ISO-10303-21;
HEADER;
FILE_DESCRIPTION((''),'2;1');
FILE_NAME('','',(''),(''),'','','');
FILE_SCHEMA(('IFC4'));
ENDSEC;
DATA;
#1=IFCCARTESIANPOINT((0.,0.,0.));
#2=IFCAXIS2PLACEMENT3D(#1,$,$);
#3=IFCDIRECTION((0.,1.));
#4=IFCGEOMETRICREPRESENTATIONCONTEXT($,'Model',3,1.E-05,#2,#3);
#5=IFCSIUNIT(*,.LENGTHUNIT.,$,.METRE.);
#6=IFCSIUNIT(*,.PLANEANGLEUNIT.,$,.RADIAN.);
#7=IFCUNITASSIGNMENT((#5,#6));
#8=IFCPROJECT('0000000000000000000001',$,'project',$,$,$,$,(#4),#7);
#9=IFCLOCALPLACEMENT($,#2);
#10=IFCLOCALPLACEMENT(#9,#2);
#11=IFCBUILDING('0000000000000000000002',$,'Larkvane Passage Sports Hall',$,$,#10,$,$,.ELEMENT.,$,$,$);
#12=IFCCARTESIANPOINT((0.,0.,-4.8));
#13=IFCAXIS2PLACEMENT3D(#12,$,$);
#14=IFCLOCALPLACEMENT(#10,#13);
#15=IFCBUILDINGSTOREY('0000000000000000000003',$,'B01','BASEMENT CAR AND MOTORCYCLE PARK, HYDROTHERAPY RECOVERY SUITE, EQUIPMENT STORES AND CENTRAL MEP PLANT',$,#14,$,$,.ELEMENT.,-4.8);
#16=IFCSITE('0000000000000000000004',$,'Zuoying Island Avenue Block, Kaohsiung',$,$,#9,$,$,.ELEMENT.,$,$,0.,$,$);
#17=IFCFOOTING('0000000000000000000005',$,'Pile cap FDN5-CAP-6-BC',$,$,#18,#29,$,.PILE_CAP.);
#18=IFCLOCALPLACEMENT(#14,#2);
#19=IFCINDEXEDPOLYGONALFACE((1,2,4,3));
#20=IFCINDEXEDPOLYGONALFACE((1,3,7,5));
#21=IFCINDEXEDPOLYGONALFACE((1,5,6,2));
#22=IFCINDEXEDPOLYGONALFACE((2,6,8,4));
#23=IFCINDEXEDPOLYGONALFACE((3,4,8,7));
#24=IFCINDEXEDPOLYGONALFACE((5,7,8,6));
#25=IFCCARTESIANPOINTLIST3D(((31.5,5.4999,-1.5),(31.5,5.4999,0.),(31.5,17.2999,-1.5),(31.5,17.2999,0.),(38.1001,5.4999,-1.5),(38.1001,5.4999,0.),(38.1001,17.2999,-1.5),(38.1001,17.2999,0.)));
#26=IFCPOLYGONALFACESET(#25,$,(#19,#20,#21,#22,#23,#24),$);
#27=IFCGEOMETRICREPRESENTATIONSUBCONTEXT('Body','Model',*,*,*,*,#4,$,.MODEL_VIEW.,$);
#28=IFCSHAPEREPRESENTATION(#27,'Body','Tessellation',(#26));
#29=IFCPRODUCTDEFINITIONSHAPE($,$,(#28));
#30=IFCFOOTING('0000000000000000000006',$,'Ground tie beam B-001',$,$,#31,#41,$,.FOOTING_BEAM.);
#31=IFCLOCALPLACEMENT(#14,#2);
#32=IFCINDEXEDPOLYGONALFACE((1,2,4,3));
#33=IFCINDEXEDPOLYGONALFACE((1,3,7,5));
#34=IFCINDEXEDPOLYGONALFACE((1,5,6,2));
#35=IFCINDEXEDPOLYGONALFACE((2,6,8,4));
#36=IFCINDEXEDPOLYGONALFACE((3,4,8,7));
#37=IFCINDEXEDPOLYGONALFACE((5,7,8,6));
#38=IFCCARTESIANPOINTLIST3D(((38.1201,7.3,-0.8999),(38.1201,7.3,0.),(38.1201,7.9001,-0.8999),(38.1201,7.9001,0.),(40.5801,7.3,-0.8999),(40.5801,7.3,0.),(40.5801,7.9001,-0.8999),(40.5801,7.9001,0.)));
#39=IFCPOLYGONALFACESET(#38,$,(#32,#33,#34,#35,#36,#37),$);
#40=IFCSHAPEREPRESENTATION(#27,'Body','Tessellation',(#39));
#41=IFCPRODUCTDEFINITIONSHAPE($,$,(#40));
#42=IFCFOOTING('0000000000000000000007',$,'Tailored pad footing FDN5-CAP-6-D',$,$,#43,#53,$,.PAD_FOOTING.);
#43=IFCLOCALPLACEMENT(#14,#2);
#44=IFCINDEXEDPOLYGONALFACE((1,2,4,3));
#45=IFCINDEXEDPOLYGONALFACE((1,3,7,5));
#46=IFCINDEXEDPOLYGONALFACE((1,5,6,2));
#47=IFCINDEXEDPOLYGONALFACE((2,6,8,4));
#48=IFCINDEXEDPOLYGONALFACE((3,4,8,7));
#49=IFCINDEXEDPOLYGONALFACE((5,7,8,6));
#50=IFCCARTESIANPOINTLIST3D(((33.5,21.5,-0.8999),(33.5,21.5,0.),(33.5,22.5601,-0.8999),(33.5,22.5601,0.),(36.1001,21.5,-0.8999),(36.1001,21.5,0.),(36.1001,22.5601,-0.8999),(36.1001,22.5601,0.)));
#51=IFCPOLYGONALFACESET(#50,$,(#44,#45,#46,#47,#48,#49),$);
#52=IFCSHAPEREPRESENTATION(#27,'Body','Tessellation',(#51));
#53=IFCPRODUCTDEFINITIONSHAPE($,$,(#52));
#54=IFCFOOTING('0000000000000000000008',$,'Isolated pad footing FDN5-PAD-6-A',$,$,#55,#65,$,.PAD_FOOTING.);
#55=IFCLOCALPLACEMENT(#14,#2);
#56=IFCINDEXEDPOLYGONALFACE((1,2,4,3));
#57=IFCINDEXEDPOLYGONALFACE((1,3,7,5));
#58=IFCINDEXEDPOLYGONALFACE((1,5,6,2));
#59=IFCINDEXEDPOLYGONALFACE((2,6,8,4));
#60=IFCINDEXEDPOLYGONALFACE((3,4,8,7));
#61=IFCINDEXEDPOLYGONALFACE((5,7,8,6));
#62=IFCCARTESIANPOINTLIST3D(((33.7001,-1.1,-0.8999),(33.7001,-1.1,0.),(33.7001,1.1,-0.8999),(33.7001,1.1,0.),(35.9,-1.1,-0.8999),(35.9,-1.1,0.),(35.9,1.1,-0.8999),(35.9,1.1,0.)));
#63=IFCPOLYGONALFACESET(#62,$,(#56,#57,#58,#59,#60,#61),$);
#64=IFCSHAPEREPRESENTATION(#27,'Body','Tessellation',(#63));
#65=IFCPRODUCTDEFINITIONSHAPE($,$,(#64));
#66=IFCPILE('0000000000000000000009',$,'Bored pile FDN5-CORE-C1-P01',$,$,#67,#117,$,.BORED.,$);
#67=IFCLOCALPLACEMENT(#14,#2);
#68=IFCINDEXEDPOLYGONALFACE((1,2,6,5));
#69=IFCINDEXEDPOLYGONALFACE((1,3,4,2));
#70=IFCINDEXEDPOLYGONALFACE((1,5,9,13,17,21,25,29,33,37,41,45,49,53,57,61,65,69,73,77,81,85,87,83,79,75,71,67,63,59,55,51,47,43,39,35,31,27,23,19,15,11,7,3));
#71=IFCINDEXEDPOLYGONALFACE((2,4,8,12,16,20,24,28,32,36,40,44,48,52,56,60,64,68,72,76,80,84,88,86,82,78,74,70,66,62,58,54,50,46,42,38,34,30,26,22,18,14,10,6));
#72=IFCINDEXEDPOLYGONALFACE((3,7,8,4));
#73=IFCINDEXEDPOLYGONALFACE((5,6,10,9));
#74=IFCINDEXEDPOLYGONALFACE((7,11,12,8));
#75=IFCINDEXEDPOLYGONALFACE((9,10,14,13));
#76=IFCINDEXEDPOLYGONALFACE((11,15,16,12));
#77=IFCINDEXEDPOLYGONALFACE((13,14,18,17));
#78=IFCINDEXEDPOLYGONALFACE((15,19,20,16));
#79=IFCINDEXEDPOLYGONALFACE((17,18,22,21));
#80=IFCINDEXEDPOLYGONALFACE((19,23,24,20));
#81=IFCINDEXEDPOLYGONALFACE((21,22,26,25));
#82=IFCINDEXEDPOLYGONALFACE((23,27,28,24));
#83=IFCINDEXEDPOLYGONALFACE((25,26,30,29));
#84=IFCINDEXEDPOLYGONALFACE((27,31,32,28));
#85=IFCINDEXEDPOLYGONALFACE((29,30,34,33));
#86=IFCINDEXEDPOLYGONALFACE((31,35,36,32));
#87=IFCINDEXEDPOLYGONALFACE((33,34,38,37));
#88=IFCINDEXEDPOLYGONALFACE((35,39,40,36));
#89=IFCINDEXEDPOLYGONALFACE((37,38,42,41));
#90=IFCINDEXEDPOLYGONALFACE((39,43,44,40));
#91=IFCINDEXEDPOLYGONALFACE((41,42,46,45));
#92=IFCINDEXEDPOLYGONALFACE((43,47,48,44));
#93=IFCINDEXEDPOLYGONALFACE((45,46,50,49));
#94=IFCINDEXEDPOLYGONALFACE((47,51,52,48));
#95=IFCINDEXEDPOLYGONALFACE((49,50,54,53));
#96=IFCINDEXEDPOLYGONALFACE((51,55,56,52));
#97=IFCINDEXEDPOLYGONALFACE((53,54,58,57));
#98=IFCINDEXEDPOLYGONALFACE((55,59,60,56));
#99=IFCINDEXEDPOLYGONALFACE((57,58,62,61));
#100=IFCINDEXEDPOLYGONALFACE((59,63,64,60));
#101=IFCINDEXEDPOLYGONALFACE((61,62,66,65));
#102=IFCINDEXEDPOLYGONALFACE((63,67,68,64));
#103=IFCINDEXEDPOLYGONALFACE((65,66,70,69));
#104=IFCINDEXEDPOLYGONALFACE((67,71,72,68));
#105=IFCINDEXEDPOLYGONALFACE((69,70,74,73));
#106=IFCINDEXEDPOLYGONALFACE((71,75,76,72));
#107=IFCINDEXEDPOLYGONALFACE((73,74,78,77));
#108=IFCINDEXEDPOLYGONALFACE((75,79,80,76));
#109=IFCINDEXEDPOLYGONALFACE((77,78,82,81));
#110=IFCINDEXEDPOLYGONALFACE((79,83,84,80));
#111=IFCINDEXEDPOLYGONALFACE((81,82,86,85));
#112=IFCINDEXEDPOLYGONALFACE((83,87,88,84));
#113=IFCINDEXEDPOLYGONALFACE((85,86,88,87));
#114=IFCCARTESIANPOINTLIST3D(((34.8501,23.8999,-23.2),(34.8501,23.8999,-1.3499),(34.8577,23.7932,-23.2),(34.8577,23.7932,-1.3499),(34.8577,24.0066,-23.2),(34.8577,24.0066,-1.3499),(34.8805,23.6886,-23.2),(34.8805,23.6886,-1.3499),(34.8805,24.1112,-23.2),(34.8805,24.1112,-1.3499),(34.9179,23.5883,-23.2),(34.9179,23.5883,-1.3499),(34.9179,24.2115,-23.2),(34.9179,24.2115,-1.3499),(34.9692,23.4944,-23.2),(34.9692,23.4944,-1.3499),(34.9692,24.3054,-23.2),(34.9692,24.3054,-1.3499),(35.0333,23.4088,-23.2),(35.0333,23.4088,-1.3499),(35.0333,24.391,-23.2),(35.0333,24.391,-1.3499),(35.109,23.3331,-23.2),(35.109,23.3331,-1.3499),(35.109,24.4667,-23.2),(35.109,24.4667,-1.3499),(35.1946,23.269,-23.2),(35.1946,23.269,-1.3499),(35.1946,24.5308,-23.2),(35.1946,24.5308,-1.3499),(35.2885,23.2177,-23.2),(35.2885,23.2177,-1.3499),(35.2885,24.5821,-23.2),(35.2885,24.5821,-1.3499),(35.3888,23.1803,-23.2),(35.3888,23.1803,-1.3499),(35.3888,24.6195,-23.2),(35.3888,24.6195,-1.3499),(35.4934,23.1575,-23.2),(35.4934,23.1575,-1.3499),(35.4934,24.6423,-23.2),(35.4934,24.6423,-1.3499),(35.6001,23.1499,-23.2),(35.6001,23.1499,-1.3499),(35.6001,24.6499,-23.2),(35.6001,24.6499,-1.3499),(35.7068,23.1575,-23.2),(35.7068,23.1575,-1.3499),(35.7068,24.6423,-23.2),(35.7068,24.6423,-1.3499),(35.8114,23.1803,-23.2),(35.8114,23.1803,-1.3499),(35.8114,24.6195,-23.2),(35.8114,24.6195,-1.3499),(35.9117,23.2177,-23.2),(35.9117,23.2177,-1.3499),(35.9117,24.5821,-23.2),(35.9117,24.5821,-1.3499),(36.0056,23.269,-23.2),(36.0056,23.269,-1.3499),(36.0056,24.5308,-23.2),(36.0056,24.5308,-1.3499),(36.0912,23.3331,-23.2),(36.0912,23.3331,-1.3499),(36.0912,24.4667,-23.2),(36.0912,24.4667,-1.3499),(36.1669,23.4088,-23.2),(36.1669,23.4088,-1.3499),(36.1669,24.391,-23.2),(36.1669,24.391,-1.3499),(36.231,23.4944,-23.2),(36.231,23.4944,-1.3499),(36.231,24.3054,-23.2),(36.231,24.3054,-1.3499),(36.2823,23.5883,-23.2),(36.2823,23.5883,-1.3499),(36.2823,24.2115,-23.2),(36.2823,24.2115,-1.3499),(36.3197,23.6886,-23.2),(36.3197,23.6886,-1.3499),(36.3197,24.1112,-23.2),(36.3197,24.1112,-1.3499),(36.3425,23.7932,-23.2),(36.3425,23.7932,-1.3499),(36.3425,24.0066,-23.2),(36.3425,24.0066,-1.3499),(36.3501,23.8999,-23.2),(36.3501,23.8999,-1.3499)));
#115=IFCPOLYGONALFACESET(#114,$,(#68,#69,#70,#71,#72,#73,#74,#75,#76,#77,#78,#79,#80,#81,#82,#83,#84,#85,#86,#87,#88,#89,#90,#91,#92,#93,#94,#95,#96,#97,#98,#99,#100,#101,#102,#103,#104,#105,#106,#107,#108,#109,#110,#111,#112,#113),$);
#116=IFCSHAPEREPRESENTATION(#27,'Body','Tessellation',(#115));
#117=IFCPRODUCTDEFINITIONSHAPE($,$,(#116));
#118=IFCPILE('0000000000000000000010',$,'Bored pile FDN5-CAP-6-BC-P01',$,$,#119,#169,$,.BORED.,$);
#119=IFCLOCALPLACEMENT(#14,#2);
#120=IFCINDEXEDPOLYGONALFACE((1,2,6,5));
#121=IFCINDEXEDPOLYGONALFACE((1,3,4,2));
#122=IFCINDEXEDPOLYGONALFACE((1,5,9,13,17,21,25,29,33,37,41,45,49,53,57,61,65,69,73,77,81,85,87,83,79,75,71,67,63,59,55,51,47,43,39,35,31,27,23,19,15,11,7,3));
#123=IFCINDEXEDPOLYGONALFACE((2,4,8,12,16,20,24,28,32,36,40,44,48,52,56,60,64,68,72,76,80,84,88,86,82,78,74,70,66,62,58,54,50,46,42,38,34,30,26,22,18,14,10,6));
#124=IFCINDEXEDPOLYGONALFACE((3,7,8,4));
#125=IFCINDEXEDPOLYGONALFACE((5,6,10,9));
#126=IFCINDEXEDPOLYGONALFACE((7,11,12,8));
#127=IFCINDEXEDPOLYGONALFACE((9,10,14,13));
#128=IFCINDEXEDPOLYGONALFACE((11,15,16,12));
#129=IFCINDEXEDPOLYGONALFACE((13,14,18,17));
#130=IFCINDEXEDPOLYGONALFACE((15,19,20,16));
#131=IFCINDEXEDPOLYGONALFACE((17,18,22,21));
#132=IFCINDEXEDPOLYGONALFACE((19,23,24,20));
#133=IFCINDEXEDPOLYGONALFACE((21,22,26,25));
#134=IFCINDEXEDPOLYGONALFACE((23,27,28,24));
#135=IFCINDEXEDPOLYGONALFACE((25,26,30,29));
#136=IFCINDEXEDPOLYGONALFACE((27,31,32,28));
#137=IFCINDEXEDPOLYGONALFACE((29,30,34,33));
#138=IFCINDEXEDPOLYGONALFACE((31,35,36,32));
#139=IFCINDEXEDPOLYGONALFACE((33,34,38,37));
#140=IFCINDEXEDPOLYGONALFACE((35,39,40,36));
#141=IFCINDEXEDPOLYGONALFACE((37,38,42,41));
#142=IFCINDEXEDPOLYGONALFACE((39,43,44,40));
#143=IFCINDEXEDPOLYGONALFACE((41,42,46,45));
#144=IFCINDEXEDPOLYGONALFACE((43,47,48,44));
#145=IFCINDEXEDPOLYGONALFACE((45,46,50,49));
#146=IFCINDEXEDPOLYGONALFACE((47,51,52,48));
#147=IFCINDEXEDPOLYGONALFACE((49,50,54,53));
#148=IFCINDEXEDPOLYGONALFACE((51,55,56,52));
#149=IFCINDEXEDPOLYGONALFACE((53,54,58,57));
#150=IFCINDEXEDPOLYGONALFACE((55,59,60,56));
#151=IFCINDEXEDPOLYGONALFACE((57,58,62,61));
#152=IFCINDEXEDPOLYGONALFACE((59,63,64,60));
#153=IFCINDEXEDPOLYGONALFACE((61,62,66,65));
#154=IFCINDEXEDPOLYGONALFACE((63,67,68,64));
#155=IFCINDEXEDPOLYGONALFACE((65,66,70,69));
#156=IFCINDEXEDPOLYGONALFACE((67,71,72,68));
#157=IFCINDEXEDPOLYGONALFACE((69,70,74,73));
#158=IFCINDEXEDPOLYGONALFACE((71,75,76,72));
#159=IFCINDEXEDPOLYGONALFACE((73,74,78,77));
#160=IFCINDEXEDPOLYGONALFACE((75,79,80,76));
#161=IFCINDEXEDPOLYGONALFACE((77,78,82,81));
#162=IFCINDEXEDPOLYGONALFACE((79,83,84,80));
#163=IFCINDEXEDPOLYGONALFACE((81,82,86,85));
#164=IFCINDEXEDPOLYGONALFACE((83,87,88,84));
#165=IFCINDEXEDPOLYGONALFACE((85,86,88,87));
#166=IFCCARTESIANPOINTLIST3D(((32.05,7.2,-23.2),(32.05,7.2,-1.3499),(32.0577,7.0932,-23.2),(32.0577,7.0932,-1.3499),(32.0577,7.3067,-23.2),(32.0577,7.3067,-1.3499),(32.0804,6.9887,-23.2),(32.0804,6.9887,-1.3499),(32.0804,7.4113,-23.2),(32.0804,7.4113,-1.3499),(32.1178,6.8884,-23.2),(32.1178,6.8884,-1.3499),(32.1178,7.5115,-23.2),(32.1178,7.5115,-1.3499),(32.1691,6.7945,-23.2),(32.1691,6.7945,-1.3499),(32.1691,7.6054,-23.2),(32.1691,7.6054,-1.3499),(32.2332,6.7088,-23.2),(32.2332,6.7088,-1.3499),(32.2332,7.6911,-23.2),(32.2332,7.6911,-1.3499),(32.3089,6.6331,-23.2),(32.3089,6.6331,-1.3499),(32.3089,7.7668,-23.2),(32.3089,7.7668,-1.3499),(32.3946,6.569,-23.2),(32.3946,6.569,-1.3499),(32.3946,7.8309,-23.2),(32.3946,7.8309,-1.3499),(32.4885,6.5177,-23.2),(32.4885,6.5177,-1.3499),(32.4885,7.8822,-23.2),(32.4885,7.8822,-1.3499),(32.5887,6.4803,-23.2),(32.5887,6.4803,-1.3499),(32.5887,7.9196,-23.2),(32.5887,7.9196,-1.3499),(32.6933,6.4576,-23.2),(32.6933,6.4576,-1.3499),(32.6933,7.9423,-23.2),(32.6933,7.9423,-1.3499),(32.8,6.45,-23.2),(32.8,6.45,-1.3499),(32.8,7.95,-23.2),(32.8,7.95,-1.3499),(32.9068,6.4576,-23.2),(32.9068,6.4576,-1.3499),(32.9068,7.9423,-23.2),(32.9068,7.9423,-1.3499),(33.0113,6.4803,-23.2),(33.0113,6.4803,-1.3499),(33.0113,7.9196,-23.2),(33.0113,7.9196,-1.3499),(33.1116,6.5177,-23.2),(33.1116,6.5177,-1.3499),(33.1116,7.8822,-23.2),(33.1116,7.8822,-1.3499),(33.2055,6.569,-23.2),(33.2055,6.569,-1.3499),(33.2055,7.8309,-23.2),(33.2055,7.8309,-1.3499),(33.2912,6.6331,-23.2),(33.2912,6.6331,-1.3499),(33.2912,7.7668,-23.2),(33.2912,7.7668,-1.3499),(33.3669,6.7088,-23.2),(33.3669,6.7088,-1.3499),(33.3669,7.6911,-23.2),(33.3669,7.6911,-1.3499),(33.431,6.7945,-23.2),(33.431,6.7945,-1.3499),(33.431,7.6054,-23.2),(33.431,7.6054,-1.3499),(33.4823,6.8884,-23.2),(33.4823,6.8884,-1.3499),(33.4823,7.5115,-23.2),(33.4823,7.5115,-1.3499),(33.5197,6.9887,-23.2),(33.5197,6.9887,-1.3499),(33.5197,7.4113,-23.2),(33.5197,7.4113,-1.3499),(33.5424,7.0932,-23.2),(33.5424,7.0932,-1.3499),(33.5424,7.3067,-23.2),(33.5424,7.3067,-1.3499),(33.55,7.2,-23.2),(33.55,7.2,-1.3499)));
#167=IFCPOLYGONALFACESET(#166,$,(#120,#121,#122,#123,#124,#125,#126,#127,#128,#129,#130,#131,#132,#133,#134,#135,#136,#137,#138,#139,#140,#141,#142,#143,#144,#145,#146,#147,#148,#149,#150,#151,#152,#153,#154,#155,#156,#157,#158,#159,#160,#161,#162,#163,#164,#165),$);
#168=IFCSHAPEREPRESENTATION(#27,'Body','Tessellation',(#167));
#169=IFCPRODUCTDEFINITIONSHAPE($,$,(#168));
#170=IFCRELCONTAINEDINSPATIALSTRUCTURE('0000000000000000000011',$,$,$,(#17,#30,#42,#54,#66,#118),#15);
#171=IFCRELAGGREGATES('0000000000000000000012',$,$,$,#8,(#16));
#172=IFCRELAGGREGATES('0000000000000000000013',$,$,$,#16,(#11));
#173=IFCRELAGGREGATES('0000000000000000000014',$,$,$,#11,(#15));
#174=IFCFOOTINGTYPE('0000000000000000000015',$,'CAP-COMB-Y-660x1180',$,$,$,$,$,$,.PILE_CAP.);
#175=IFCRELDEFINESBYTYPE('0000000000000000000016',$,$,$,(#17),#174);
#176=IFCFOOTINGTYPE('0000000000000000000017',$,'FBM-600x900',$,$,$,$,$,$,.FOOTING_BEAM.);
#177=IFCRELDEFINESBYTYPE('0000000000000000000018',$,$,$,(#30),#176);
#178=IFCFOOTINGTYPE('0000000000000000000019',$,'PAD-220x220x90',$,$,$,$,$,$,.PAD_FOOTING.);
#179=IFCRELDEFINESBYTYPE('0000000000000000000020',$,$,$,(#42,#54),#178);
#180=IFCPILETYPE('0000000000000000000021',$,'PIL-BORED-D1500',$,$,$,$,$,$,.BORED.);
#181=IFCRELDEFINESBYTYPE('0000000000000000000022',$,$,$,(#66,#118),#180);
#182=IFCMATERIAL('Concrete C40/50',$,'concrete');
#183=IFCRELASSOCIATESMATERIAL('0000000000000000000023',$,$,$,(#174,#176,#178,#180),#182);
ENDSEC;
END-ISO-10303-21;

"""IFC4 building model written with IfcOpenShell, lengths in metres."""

from ifc_helpers import new_model, si_unit, direction, frame, origin, origin_2d, place, context, subcontext, project, spatial, rectangle, circle, extrude, material, material_profile, profile_set, type_object, element, save


model = new_model("IFC4")

# Units and contexts
model_context = context("Model", 3, precision=1e-05, world=origin(), true_north=direction((0.0, 1.0)))
body_context = subcontext(model_context, "Body", "Model", "MODEL_VIEW")
ifc_project = project(units=[si_unit("LENGTHUNIT", "METRE"), si_unit("PLANEANGLEUNIT", "RADIAN")], contexts=[model_context])

# Site, building, storey
site_placement = place(None, origin())
site = spatial("IfcSite", under=ifc_project, at=site_placement, Name="Zuoying Island Avenue Block, Kaohsiung", CompositionType="ELEMENT", RefElevation=0.0)
building_placement = place(site_placement, origin())
building = spatial("IfcBuilding", under=site, at=building_placement, Name="Larkvane Passage Sports Hall", CompositionType="ELEMENT")
storey_placement = place(building_placement, frame((0.0, 0.0, -4.8)))
storey = spatial("IfcBuildingStorey", under=building, at=storey_placement, Name="B01", Description="BASEMENT CAR AND MOTORCYCLE PARK, HYDROTHERAPY RECOVERY SUITE, EQUIPMENT STORES AND CENTRAL MEP PLANT", CompositionType="ELEMENT", Elevation=-4.8)

# Footings
ifc_material_1 = material(Name="Concrete C40/50", Category="concrete")
footing_type_1 = type_object("IfcFootingType", Name="CAP-COMB-Y-660x1180", PredefinedType="PILE_CAP", material=ifc_material_1)
footing_1_placement = place(storey_placement, frame((34.8, 11.3999, -1.5), z_axis=(0.0, 0.0, 1.0), x_axis=(1.0, 0.0, 0.0)))
element("IfcFooting", 1, at=footing_1_placement, inside=storey, type_object=footing_type_1, Name="Pile cap FDN5-CAP-6-BC", PredefinedType="PILE_CAP", context=body_context, shape_type="SweptSolid", body=[
    extrude(rectangle(XDim=6.6001, YDim=11.8, at=origin_2d()), origin(), (0.0, 0.0, 1.0), 1.5),
])
footing_type_2 = type_object("IfcFootingType", Name="FBM-600x900", PredefinedType="FOOTING_BEAM", material=ifc_material_1)
footing_2_placement = place(storey_placement, frame((39.3501, 7.6001, -0.8999), z_axis=(0.0, 0.0, 1.0), x_axis=(1.0, 0.0, 0.0)))
element("IfcFooting", 2, at=footing_2_placement, inside=storey, type_object=footing_type_2, Name="Ground tie beam B-001", PredefinedType="FOOTING_BEAM", context=body_context, shape_type="SweptSolid", body=[
    extrude(rectangle(XDim=2.46, YDim=0.6001, at=origin_2d()), origin(), (0.0, 0.0, 1.0), 0.8999),
])
footing_type_3 = type_object("IfcFootingType", Name="PAD-220x220x90", PredefinedType="PAD_FOOTING", material=ifc_material_1)
footing_3_placement = place(storey_placement, frame((34.8, 22.03, -0.8999), z_axis=(0.0, 0.0, 1.0), x_axis=(1.0, 0.0, 0.0)))
element("IfcFooting", 3, at=footing_3_placement, inside=storey, type_object=footing_type_3, Name="Tailored pad footing FDN5-CAP-6-D", PredefinedType="PAD_FOOTING", context=body_context, shape_type="SweptSolid", body=[
    extrude(rectangle(XDim=2.6001, YDim=1.0601, at=origin_2d()), origin(), (0.0, 0.0, 1.0), 0.8999),
])
footing_4_placement = place(storey_placement, frame((34.8, 0.0, -0.8999), z_axis=(0.0, 0.0, 1.0), x_axis=(1.0, 0.0, 0.0)))
element("IfcFooting", 4, at=footing_4_placement, inside=storey, type_object=footing_type_3, Name="Isolated pad footing FDN5-PAD-6-A", PredefinedType="PAD_FOOTING", context=body_context, shape_type="SweptSolid", body=[
    extrude(rectangle(XDim=2.2, YDim=2.2, at=origin_2d()), origin(), (0.0, 0.0, 1.0), 0.8999),
])

# Piles
ifc_material_profile_1 = material_profile(ifc_material_1, circle(Radius=0.75, at=origin_2d()), Name="PILE-D1500")
ifc_profile_set_1 = profile_set([ifc_material_profile_1], Name="Concrete C40/50")
pile_type = type_object("IfcPileType", Name="PIL-BORED-D1500", PredefinedType="BORED", material=ifc_profile_set_1)
for number, where, z_axis, x_axis, name in (
    (5, (35.6001, 23.8999, -1.3499), (0.0, 0.0, -1.0), (1.0, 0.0, 0.0), "Bored pile FDN5-CORE-C1-P01"),
    (6, (32.8, 7.2, -1.3499), (0.0, 0.0, -1.0), (1.0, 0.0, 0.0), "Bored pile FDN5-CAP-6-BC-P01"),
):
    element("IfcPile", number, at=place(storey_placement, frame(where, z_axis=z_axis, x_axis=x_axis)), inside=storey, type_object=pile_type, Name=name, PredefinedType="BORED", context=body_context, shape_type="SweptSolid", body=[
        extrude(circle(Radius=0.75, at=origin_2d()), origin(), (0.0, 0.0, 1.0), 21.8501),
    ])

save(model, "model.ifc")
